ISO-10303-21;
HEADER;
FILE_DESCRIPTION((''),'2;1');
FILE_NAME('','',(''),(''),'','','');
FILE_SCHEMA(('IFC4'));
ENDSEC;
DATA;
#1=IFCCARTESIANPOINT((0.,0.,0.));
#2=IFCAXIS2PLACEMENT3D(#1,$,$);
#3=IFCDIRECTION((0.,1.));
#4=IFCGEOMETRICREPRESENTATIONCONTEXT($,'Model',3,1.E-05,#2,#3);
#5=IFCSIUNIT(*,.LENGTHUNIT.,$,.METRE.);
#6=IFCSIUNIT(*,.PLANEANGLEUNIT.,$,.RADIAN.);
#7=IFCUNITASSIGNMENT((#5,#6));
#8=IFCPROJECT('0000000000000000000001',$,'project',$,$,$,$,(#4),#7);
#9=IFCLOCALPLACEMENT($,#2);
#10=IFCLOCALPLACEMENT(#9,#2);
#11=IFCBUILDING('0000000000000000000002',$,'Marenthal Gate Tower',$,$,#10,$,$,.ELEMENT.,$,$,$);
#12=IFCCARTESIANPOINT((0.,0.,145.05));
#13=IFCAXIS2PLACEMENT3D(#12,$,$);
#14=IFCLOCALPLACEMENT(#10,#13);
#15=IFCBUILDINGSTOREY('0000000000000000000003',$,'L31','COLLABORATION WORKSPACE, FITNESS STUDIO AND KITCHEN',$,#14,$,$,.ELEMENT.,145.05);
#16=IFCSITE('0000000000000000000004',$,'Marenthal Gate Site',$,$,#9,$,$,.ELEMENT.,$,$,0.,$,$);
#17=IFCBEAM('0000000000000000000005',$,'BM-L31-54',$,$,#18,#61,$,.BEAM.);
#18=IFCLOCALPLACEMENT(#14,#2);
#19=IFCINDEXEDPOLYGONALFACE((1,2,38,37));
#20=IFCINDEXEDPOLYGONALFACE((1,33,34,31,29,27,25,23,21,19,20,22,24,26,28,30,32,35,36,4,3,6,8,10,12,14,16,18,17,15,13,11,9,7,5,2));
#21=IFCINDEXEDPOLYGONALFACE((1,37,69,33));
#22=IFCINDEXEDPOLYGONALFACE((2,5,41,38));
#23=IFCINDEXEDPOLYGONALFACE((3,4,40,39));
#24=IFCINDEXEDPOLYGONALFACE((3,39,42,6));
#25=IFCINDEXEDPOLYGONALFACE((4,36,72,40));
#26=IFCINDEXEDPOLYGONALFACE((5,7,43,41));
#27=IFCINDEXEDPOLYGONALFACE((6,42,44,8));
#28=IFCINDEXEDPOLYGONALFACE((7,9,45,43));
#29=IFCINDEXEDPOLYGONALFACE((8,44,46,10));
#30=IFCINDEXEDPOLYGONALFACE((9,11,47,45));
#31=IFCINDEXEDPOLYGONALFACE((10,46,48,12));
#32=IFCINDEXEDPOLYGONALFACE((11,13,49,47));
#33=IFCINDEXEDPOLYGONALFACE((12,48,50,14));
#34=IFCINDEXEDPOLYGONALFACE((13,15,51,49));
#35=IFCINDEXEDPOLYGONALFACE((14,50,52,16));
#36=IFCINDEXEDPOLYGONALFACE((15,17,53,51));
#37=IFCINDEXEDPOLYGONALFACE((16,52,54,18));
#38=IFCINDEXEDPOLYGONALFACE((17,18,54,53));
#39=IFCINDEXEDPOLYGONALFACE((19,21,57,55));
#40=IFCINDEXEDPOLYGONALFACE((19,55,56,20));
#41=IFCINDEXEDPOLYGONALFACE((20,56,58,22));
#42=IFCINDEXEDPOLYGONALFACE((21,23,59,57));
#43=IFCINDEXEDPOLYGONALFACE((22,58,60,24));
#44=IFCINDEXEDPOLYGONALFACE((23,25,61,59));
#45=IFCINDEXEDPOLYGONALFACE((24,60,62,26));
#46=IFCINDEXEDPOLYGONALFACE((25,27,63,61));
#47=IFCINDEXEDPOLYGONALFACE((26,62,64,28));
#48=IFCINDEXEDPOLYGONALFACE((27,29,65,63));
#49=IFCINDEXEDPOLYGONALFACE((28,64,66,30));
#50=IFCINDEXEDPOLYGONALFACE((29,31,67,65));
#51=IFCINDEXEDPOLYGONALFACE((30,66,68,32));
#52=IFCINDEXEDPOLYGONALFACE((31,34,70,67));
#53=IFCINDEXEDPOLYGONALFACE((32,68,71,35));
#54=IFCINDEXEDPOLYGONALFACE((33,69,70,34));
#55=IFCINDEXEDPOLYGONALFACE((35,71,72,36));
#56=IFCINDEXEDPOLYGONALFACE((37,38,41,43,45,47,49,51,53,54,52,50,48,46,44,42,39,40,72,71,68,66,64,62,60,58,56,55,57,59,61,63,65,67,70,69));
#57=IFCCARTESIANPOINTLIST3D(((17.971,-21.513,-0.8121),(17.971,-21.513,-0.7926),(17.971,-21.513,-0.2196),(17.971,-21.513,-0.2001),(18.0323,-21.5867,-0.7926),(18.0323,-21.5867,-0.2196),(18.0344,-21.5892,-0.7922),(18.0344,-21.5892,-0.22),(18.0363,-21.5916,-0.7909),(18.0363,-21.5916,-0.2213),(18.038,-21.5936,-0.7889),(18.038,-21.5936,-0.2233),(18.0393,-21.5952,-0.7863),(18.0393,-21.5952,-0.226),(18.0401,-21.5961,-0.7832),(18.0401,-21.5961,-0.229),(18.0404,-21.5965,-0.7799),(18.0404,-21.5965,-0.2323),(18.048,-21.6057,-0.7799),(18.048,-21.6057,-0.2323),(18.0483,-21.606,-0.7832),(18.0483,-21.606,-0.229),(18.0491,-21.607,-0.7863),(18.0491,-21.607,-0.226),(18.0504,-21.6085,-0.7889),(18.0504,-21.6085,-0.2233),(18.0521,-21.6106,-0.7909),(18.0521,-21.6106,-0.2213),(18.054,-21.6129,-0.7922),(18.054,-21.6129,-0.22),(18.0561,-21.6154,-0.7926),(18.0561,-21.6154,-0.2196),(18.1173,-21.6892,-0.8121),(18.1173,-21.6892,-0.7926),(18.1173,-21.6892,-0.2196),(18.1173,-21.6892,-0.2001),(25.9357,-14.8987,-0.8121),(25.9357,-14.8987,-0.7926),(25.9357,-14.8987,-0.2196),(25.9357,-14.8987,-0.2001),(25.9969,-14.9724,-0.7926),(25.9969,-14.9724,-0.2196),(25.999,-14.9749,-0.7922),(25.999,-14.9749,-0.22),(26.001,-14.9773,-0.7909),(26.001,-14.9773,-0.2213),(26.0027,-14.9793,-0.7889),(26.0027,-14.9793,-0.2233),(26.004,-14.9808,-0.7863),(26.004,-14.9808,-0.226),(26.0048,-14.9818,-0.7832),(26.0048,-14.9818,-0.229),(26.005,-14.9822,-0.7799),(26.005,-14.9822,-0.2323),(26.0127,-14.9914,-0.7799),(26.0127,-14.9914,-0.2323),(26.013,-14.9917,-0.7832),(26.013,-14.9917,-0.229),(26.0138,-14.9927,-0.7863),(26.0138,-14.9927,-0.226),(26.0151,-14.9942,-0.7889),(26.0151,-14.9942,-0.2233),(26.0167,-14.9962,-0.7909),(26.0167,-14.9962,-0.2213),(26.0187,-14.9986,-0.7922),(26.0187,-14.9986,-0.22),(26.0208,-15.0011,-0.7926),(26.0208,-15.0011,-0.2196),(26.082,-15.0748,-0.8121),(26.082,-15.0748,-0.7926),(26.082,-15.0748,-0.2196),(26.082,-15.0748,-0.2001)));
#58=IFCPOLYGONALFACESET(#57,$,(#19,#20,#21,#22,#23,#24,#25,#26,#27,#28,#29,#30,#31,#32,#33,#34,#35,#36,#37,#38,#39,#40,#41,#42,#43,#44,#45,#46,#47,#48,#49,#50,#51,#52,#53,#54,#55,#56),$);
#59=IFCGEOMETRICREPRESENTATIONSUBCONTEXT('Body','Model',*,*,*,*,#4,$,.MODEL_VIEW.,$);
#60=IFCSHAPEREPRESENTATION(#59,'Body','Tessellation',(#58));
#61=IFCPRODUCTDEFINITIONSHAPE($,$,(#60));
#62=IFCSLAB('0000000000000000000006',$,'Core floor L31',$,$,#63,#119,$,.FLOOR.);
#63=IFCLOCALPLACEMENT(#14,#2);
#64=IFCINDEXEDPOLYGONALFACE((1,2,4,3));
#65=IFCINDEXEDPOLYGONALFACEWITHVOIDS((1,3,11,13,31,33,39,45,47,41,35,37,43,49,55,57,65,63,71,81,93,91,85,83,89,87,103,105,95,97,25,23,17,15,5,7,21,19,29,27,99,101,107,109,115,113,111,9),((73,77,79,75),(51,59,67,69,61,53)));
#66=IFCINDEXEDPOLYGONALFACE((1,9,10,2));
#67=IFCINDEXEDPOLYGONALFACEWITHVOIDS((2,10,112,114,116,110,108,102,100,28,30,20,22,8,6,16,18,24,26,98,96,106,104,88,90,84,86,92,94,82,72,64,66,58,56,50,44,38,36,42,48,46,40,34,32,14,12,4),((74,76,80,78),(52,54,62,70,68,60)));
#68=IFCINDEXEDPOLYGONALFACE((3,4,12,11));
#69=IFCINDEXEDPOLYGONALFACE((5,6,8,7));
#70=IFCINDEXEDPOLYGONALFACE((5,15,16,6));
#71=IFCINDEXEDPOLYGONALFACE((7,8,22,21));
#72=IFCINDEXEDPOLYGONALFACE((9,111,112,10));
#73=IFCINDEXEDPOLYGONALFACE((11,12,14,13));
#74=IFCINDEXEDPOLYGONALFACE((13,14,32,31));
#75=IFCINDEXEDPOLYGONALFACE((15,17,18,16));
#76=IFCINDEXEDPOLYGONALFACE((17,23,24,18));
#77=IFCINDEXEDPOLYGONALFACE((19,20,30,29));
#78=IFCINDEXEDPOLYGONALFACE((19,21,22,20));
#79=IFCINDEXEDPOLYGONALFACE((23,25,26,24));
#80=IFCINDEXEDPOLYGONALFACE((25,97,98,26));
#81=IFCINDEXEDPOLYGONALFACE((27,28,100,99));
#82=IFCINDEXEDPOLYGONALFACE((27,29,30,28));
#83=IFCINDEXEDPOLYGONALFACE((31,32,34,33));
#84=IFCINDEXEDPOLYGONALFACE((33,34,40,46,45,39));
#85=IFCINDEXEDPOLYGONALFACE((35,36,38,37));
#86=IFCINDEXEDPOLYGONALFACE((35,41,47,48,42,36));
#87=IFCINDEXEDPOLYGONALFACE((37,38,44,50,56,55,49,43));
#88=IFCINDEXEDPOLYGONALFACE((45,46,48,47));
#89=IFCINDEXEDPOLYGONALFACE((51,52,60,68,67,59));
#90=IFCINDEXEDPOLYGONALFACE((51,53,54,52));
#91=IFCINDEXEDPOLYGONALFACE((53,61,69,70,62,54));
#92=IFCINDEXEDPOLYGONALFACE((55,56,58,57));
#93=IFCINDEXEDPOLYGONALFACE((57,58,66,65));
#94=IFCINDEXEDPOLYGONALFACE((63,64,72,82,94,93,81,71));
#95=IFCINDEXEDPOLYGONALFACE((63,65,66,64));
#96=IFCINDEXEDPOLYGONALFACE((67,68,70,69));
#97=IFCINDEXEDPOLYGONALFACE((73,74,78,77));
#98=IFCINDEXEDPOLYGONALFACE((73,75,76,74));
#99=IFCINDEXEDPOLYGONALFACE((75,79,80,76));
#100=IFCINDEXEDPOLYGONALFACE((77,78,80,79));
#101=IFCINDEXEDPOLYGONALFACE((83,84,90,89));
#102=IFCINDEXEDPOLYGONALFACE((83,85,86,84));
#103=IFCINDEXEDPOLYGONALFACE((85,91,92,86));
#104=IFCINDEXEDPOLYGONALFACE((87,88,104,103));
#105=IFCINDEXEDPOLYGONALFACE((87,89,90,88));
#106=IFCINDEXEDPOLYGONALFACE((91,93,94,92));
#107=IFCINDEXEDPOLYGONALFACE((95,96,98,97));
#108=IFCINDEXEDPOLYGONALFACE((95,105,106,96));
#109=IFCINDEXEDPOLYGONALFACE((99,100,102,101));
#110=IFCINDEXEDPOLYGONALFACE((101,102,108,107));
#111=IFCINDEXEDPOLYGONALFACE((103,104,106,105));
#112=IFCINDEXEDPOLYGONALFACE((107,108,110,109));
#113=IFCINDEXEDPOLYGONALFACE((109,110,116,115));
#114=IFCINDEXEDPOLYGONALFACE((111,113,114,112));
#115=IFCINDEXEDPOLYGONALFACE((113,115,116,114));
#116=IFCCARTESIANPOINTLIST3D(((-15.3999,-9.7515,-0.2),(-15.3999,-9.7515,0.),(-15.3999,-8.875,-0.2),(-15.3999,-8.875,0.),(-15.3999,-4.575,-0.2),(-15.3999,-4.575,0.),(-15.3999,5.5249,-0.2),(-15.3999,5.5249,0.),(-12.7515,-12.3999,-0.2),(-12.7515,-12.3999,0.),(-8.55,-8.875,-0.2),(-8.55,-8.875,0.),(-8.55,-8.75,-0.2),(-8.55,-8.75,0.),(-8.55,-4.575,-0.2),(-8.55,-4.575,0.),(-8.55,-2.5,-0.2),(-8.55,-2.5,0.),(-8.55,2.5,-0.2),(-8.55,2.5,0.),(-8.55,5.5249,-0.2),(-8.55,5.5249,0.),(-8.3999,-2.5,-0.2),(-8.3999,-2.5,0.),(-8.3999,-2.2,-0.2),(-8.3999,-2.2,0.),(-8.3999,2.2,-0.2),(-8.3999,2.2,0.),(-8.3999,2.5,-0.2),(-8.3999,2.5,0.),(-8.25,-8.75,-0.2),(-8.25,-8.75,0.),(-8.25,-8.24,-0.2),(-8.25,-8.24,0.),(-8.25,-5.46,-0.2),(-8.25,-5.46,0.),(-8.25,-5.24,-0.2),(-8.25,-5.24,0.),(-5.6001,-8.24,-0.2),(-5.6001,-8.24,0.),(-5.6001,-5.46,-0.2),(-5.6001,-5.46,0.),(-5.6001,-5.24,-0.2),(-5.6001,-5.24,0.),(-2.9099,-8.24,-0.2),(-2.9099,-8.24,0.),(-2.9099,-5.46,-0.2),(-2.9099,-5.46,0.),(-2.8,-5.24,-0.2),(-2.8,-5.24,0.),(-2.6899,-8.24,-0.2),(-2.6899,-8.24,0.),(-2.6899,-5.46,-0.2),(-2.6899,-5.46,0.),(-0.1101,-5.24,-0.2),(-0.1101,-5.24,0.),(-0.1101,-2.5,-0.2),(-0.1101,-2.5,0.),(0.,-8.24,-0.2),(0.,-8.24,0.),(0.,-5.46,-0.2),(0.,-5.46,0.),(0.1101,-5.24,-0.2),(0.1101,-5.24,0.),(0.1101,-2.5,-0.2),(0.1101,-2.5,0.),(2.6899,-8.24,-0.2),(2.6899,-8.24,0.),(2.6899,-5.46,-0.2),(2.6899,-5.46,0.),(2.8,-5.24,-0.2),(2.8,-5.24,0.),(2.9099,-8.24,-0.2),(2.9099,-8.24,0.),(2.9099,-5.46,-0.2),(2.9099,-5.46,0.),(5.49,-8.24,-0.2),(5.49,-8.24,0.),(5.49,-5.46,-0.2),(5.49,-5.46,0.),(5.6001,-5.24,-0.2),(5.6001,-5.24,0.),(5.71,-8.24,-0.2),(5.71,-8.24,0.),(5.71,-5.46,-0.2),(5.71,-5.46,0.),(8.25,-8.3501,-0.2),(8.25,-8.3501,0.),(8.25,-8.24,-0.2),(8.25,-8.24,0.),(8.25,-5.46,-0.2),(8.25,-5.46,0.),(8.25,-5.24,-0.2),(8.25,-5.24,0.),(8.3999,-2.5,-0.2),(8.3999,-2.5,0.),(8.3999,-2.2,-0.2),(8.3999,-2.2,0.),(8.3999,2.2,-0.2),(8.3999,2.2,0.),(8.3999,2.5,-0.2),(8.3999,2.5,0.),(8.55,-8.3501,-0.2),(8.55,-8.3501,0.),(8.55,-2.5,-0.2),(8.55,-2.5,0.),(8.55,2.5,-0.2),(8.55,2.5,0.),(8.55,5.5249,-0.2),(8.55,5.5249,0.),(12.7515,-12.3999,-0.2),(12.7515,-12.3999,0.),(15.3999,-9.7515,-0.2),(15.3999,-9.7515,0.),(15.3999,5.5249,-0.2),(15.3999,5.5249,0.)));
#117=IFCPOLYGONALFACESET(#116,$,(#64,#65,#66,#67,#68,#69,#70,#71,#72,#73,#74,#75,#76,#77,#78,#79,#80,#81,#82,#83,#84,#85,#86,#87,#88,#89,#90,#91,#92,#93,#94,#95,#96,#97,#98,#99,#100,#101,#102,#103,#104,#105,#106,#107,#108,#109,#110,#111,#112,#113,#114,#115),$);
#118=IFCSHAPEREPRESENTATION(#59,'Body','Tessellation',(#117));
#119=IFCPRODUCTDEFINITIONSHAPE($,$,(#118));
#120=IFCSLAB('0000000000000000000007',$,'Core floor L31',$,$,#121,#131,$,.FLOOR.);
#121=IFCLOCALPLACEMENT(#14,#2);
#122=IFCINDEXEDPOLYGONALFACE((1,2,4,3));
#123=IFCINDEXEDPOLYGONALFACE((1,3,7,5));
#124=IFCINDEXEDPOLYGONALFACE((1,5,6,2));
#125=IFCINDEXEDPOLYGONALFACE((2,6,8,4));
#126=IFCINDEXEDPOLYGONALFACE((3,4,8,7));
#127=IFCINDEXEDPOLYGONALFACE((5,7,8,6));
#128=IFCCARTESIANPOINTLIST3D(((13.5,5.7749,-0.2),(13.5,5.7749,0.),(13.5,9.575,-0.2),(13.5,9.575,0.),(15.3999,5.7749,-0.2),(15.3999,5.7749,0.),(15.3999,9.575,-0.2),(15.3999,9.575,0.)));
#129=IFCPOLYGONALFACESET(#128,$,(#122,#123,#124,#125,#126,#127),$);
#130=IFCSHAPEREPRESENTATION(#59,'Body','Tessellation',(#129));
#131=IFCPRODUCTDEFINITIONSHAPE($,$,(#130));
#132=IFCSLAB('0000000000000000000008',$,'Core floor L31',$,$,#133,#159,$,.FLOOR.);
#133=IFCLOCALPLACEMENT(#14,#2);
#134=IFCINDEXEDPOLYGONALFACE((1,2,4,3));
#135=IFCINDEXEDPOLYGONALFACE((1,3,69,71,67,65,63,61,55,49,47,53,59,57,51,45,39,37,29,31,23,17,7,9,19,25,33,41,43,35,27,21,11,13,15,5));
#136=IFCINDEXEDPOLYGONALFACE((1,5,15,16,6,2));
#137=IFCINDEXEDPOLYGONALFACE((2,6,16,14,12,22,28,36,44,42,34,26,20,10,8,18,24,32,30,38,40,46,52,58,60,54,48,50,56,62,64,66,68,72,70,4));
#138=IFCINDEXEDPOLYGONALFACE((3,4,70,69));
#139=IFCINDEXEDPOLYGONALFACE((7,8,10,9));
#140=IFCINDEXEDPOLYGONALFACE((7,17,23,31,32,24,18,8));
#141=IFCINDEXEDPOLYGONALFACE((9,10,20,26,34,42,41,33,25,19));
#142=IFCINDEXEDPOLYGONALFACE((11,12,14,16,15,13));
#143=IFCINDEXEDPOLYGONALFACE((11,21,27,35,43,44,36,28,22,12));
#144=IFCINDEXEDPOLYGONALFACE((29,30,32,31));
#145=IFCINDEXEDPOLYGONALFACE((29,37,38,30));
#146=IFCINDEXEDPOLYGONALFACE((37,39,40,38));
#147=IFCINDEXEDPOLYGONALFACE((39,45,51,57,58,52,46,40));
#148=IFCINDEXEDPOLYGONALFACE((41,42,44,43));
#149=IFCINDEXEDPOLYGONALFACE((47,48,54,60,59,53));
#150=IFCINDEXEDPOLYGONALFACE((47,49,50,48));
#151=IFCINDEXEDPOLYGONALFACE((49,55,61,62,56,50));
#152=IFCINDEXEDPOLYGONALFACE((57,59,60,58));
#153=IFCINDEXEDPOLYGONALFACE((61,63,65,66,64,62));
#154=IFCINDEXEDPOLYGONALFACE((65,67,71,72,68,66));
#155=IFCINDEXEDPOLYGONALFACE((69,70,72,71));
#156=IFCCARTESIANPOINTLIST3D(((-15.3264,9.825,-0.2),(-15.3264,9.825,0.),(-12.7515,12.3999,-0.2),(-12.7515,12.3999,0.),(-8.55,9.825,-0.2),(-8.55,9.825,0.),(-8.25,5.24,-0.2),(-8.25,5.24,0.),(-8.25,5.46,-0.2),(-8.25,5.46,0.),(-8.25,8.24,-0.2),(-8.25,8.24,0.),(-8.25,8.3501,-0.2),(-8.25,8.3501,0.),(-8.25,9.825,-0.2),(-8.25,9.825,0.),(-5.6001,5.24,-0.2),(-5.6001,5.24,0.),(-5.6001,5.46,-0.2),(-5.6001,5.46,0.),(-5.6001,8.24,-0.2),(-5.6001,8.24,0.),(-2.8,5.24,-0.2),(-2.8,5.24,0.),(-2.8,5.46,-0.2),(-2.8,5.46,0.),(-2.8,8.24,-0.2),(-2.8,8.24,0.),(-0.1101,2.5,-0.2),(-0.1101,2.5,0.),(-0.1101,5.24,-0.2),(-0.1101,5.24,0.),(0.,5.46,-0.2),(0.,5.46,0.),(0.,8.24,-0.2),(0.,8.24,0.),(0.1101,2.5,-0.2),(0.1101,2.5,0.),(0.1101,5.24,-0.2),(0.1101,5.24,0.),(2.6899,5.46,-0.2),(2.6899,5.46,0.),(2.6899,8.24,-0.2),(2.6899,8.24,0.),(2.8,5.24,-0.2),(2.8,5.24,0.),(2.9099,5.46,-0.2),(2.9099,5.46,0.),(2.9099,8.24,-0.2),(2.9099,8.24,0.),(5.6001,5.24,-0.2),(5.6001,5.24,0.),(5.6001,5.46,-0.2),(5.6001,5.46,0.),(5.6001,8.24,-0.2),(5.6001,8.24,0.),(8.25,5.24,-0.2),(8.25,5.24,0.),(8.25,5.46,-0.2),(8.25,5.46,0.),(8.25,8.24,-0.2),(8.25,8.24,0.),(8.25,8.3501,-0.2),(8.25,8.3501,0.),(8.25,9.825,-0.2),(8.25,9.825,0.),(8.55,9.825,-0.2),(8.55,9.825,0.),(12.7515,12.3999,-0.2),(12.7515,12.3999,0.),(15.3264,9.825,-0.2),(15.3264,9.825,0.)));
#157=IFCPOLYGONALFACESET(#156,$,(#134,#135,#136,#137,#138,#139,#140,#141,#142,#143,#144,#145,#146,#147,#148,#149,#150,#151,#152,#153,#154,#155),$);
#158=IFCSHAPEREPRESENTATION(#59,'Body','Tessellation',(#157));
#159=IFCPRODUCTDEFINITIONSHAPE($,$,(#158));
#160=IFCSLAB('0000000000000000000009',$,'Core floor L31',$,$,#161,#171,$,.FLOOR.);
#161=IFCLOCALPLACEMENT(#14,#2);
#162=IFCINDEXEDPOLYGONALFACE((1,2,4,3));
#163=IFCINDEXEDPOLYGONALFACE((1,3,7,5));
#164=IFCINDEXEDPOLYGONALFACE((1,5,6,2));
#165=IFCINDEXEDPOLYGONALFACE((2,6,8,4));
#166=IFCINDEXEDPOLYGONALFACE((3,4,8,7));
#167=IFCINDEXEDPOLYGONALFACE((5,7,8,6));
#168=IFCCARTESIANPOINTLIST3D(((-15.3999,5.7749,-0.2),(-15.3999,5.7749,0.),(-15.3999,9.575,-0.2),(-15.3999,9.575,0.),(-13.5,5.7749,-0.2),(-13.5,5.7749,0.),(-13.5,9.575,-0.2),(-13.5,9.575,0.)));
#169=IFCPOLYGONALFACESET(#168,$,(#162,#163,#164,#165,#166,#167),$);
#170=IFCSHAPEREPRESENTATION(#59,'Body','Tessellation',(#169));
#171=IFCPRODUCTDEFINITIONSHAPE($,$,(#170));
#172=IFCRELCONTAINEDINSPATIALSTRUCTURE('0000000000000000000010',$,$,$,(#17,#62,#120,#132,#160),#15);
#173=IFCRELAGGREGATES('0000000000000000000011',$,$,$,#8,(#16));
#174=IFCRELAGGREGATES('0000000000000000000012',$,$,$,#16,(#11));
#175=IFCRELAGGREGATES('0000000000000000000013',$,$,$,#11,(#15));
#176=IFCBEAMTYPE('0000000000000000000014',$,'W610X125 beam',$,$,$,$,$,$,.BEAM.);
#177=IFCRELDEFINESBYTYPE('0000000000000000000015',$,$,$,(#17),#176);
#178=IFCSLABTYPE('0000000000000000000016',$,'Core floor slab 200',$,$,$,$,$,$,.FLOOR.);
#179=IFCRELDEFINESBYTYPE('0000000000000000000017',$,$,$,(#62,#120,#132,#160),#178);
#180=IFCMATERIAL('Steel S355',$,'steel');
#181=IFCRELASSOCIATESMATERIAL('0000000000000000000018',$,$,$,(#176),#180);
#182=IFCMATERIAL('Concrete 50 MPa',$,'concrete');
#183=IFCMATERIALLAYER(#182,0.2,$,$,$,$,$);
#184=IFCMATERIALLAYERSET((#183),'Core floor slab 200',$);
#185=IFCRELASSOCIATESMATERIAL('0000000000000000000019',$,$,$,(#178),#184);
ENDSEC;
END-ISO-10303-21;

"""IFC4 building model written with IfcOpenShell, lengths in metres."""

from ifc_helpers import new_model, si_unit, direction, frame, origin, origin_2d, place, context, subcontext, project, spatial, polyline, i_section, outline, extrude, material, layer, layer_set, material_profile, profile_set, type_object, element, save


model = new_model("IFC4")

# Units and contexts
model_context = context("Model", 3, precision=1e-05, world=origin(), true_north=direction((0.0, 1.0)))
body_context = subcontext(model_context, "Body", "Model", "MODEL_VIEW")
ifc_project = project(units=[si_unit("LENGTHUNIT", "METRE"), si_unit("PLANEANGLEUNIT", "RADIAN")], contexts=[model_context])

# Site, building, storey
site_placement = place(None, origin())
site = spatial("IfcSite", under=ifc_project, at=site_placement, Name="Marenthal Gate Site", CompositionType="ELEMENT", RefElevation=0.0)
building_placement = place(site_placement, origin())
building = spatial("IfcBuilding", under=site, at=building_placement, Name="Marenthal Gate Tower", CompositionType="ELEMENT")
storey_placement = place(building_placement, frame((0.0, 0.0, 145.05)))
storey = spatial("IfcBuildingStorey", under=building, at=storey_placement, Name="L31", Description="COLLABORATION WORKSPACE, FITNESS STUDIO AND KITCHEN", CompositionType="ELEMENT", Elevation=145.05)

# Beam
ifc_material_1 = material(Name="Steel S355", Category="steel")
ifc_material_profile_1 = material_profile(ifc_material_1, i_section(OverallWidth=0.229, OverallDepth=0.6121, WebThickness=0.012, FlangeThickness=0.0195, FilletRadius=0.0127, at=origin_2d()), Name="W610X125")
ifc_profile_set_1 = profile_set([ifc_material_profile_1], Name="Steel S355")
beam_type_1 = type_object("IfcBeamType", Name="W610X125 beam", PredefinedType="BEAM", material=ifc_profile_set_1)
beam_1_placement = place(storey_placement, frame((18.0442, -21.6011, -0.5061), z_axis=(0.769308, 0.638878, 0.0), x_axis=(-0.638878, 0.769308, 0.0)))
element("IfcBeam", 1, at=beam_1_placement, inside=storey, type_object=beam_type_1, Name="BM-L31-54", PredefinedType="BEAM", context=body_context, shape_type="SweptSolid", body=[
    extrude(i_section(OverallWidth=0.229, OverallDepth=0.6121, WebThickness=0.012, FlangeThickness=0.0195, FilletRadius=0.0127, at=origin_2d()), origin(), (0.0, 0.0, 1.0), 10.353),
])

# Slabs
ifc_material_2 = material(Name="Concrete 50 MPa", Category="concrete")
ifc_layer_1 = layer(ifc_material_2, 0.2)
ifc_layer_set_1 = layer_set([ifc_layer_1], Name="Core floor slab 200")
slab_type_1 = type_object("IfcSlabType", Name="Core floor slab 200", PredefinedType="FLOOR", material=ifc_layer_set_1)
slab_1_placement = place(storey_placement, frame((0.0, 0.0, -0.2)))
element("IfcSlab", 2, at=slab_1_placement, inside=storey, type_object=slab_type_1, Name="Core floor L31", PredefinedType="FLOOR", context=body_context, shape_type="SweptSolid", body=[
    extrude(outline(polyline([(15.3999, -9.7515), (12.7515, -12.3999), (-12.7515, -12.3999), (-15.3999, -9.7515), (-15.3999, -8.875), (-8.55, -8.875), (-8.55, -8.75), (-8.25, -8.75), (-8.25, -8.24), (-5.6001, -8.24), (-2.9099, -8.24), (-2.9099, -5.46), (-5.6001, -5.46), (-8.25, -5.46), (-8.25, -5.24), (-5.6001, -5.24), (-2.8, -5.24), (-0.1101, -5.24), (-0.1101, -2.5), (0.1101, -2.5), (0.1101, -5.24), (2.8, -5.24), (5.6001, -5.24), (8.25, -5.24), (8.25, -5.46), (5.71, -5.46), (5.71, -8.24), (8.25, -8.24), (8.25, -8.3501), (8.55, -8.3501), (8.55, -2.5), (8.3999, -2.5), (8.3999, -2.2), (-8.3999, -2.2), (-8.3999, -2.5), (-8.55, -2.5), (-8.55, -4.575), (-15.3999, -4.575), (-15.3999, 5.5249), (-8.55, 5.5249), (-8.55, 2.5), (-8.3999, 2.5), (-8.3999, 2.2), (8.3999, 2.2), (8.3999, 2.5), (8.55, 2.5), (8.55, 5.5249), (15.3999, 5.5249), (15.3999, -9.7515)]), holes=[polyline([(2.6899, -5.46), (0.0, -5.46), (-2.6899, -5.46), (-2.6899, -8.24), (0.0, -8.24), (2.6899, -8.24), (2.6899, -5.46)]), polyline([(5.49, -5.46), (2.9099, -5.46), (2.9099, -8.24), (5.49, -8.24), (5.49, -5.46)])]), origin(), (0.0, 0.0, 1.0), 0.2),
])
slab_2_placement = place(storey_placement, frame((0.0, 0.0, -0.2)))
element("IfcSlab", 3, at=slab_2_placement, inside=storey, type_object=slab_type_1, Name="Core floor L31", PredefinedType="FLOOR", context=body_context, shape_type="SweptSolid", body=[
    extrude(outline(polyline([(15.3999, 5.7749), (13.5, 5.7749), (13.5, 9.575), (15.3999, 9.575), (15.3999, 5.7749)])), origin(), (0.0, 0.0, 1.0), 0.2),
])
slab_3_placement = place(storey_placement, frame((0.0, 0.0, -0.2)))
element("IfcSlab", 4, at=slab_3_placement, inside=storey, type_object=slab_type_1, Name="Core floor L31", PredefinedType="FLOOR", context=body_context, shape_type="SweptSolid", body=[
    extrude(outline(polyline([(12.7515, 12.3999), (15.3264, 9.825), (8.55, 9.825), (8.25, 9.825), (8.25, 8.3501), (8.25, 8.24), (5.6001, 8.24), (2.9099, 8.24), (2.9099, 5.46), (5.6001, 5.46), (8.25, 5.46), (8.25, 5.24), (5.6001, 5.24), (2.8, 5.24), (0.1101, 5.24), (0.1101, 2.5), (-0.1101, 2.5), (-0.1101, 5.24), (-2.8, 5.24), (-5.6001, 5.24), (-8.25, 5.24), (-8.25, 5.46), (-5.6001, 5.46), (-2.8, 5.46), (0.0, 5.46), (2.6899, 5.46), (2.6899, 8.24), (0.0, 8.24), (-2.8, 8.24), (-5.6001, 8.24), (-8.25, 8.24), (-8.25, 8.3501), (-8.25, 9.825), (-8.55, 9.825), (-15.3264, 9.825), (-12.7515, 12.3999), (12.7515, 12.3999)])), origin(), (0.0, 0.0, 1.0), 0.2),
])
slab_4_placement = place(storey_placement, frame((0.0, 0.0, -0.2)))
element("IfcSlab", 5, at=slab_4_placement, inside=storey, type_object=slab_type_1, Name="Core floor L31", PredefinedType="FLOOR", context=body_context, shape_type="SweptSolid", body=[
    extrude(outline(polyline([(-15.3999, 9.575), (-13.5, 9.575), (-13.5, 5.7749), (-15.3999, 5.7749), (-15.3999, 9.575)])), origin(), (0.0, 0.0, 1.0), 0.2),
])

save(model, "model.ifc")
